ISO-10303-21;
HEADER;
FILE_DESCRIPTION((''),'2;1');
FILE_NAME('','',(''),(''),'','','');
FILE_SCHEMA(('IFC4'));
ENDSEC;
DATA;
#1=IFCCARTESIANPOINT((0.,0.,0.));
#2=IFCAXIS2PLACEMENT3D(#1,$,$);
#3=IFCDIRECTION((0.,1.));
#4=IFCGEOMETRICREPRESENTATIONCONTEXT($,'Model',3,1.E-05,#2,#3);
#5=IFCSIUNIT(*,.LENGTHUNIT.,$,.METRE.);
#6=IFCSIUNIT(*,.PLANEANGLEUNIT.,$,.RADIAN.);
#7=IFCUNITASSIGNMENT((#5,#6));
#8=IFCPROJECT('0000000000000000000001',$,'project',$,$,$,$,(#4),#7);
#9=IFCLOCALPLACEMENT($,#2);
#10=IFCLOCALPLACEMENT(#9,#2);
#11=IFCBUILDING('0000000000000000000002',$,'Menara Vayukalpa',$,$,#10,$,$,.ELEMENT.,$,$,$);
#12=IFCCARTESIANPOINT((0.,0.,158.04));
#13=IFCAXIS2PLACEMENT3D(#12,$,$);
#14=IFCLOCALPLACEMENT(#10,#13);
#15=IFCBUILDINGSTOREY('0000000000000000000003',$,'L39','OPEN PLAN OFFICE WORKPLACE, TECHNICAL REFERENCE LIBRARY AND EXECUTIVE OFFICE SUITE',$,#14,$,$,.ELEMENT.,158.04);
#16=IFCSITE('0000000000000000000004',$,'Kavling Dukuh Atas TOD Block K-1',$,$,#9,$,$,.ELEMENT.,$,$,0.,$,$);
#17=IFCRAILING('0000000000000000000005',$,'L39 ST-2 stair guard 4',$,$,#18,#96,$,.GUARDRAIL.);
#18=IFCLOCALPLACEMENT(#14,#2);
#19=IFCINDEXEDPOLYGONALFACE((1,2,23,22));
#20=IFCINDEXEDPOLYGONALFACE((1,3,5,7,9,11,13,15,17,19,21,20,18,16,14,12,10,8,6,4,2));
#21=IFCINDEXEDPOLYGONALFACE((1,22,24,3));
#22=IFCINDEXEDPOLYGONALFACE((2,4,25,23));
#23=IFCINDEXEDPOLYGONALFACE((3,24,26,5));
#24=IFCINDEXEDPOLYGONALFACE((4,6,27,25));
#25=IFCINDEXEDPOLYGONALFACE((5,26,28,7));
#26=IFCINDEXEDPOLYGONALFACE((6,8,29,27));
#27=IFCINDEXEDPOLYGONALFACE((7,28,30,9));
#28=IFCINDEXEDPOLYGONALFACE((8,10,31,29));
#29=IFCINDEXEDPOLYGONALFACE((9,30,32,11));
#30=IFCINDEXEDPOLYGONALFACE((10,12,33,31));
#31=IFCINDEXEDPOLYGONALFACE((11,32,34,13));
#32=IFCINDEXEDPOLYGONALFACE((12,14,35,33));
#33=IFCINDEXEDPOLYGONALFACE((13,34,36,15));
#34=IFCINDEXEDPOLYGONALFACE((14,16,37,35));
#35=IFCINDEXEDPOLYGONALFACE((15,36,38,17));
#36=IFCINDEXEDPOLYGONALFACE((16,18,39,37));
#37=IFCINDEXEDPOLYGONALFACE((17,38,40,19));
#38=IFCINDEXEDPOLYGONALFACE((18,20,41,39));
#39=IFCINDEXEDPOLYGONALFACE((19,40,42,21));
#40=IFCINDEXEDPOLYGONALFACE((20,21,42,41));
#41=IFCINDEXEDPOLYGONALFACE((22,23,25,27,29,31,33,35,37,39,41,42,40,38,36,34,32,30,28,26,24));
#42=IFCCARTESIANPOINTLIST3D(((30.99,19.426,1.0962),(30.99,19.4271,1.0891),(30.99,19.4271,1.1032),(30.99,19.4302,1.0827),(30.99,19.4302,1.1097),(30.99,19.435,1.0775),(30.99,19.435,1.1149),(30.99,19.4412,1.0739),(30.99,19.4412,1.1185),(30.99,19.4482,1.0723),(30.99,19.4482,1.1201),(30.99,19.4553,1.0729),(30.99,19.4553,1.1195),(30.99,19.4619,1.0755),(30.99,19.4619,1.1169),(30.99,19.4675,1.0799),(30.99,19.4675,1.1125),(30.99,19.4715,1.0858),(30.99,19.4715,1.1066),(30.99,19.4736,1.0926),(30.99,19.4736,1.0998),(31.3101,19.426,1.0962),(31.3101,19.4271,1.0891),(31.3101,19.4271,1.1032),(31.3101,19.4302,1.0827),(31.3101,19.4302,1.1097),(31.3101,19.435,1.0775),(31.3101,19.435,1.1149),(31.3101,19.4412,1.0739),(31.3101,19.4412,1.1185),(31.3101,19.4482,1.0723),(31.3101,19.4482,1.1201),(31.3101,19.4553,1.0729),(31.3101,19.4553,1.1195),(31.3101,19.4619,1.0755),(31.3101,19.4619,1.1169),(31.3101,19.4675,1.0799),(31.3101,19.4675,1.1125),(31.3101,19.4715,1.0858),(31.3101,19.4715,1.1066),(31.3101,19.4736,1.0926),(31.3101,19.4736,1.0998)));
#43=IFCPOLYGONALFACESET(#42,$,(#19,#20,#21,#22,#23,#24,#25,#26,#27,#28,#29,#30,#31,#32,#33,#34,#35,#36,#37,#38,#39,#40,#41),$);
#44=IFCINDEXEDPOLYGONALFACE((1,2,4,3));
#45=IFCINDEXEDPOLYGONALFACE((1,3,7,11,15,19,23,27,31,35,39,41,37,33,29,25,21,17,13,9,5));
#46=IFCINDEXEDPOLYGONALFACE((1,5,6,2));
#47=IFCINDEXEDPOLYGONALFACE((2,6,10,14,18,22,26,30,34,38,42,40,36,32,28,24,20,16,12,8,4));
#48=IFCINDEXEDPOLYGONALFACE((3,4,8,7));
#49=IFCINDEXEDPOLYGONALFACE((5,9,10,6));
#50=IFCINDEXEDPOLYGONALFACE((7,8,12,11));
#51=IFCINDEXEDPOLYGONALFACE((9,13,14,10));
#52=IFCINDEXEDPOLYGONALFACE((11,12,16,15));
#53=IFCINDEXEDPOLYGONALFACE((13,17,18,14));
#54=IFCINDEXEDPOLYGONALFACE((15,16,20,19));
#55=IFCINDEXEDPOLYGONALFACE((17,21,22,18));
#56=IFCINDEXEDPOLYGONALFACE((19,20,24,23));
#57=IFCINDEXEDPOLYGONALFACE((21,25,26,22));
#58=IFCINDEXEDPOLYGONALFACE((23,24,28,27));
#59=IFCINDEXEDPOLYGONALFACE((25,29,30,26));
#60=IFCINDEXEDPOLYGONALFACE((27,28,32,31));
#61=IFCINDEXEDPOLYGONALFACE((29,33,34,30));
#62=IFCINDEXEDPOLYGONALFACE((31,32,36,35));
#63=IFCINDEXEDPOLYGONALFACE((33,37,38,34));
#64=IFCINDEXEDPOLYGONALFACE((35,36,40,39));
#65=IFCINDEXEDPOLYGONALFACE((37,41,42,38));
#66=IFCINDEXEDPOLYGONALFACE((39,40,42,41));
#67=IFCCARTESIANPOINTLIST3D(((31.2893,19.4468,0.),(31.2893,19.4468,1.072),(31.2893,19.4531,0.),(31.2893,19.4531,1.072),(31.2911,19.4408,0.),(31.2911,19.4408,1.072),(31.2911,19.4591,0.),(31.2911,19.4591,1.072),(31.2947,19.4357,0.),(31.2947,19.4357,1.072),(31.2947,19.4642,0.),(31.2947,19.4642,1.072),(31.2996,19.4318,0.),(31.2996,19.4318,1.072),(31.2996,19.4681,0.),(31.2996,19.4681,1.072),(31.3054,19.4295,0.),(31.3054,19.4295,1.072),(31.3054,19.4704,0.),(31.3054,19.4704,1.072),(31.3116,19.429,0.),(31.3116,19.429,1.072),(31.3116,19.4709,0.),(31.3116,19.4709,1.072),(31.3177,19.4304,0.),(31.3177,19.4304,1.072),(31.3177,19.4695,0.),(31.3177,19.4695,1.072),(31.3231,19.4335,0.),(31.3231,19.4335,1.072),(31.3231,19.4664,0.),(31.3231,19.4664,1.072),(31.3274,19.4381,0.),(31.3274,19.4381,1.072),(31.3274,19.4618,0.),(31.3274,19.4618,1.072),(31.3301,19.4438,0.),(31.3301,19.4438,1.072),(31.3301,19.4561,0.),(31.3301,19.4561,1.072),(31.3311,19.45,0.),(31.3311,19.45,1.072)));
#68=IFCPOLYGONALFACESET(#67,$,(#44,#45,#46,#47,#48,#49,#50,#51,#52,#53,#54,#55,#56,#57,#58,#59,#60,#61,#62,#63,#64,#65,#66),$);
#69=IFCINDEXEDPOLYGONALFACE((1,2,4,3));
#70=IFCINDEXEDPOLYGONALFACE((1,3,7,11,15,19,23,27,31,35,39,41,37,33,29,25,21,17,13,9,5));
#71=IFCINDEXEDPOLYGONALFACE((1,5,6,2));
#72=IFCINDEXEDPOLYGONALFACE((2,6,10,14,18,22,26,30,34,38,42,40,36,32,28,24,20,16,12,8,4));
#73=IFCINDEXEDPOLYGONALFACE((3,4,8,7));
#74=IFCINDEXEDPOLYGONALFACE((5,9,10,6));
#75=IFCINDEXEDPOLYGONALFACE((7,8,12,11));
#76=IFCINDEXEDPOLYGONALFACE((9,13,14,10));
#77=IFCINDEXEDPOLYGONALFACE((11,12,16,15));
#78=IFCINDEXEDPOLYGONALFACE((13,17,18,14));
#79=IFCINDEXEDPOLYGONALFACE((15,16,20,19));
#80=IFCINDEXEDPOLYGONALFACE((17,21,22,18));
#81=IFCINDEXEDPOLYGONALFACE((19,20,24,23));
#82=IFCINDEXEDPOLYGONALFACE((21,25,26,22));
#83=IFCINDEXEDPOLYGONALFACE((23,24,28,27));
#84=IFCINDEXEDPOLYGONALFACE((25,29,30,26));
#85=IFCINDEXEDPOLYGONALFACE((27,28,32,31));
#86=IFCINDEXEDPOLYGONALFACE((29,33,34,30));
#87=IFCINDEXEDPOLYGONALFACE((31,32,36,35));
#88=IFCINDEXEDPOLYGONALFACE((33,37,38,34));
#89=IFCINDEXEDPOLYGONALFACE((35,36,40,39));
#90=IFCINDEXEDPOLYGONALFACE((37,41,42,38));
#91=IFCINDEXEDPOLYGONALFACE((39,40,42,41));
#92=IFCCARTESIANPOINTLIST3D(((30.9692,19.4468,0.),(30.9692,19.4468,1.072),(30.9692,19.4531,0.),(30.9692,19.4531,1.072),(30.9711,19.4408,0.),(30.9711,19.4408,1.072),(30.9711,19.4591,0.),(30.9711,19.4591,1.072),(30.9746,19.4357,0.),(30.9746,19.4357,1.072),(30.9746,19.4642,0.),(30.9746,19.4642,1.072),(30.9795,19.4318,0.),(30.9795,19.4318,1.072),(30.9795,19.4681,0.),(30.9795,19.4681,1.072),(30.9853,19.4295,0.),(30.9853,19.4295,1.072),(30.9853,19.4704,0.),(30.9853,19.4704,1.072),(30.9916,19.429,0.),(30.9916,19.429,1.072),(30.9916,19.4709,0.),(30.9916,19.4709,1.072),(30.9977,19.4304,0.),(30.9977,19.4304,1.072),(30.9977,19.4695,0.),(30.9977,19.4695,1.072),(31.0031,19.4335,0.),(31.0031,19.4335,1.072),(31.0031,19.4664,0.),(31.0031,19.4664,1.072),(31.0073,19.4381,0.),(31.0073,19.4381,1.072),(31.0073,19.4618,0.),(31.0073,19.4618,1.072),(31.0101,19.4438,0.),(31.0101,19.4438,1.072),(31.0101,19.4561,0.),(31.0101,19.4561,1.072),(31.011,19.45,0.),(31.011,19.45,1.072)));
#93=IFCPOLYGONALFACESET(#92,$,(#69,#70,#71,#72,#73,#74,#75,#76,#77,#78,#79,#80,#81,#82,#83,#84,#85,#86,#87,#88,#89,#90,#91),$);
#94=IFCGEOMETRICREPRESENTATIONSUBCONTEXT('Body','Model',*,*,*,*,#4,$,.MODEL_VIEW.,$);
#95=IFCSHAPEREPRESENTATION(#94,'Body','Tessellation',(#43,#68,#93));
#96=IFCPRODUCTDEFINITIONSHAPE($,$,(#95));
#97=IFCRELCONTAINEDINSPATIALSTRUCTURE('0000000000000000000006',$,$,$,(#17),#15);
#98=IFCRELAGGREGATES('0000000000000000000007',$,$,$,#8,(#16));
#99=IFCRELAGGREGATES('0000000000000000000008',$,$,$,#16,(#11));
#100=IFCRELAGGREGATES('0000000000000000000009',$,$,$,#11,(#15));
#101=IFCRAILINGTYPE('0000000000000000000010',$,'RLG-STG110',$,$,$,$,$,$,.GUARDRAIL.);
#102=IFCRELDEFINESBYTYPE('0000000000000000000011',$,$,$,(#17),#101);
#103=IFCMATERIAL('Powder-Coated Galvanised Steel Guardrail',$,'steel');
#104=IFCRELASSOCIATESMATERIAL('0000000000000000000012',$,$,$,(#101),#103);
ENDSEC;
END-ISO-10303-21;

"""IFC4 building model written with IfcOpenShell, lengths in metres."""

from ifc_helpers import new_model, si_unit, direction, frame, origin, origin_2d, place, context, subcontext, project, spatial, circle, extrude, material, type_object, element, save


model = new_model("IFC4")

# Units and contexts
model_context = context("Model", 3, precision=1e-05, world=origin(), true_north=direction((0.0, 1.0)))
body_context = subcontext(model_context, "Body", "Model", "MODEL_VIEW")
ifc_project = project(units=[si_unit("LENGTHUNIT", "METRE"), si_unit("PLANEANGLEUNIT", "RADIAN")], contexts=[model_context])

# Site, building, storey
site_placement = place(None, origin())
site = spatial("IfcSite", under=ifc_project, at=site_placement, Name="Kavling Dukuh Atas TOD Block K-1", CompositionType="ELEMENT", RefElevation=0.0)
building_placement = place(site_placement, origin())
building = spatial("IfcBuilding", under=site, at=building_placement, Name="Menara Vayukalpa", CompositionType="ELEMENT")
storey_placement = place(building_placement, frame((0.0, 0.0, 158.04)))
storey = spatial("IfcBuildingStorey", under=building, at=storey_placement, Name="L39", Description="OPEN PLAN OFFICE WORKPLACE, TECHNICAL REFERENCE LIBRARY AND EXECUTIVE OFFICE SUITE", CompositionType="ELEMENT", Elevation=158.04)

# Railing
ifc_material_1 = material(Name="Powder-Coated Galvanised Steel Guardrail", Category="steel")
railing_type = type_object("IfcRailingType", Name="RLG-STG110", PredefinedType="GUARDRAIL", material=ifc_material_1)
railing_1_placement = place(storey_placement, frame((31.3101, 19.45, 0.0)))
element("IfcRailing", 1, at=railing_1_placement, inside=storey, type_object=railing_type, Name="L39 ST-2 stair guard 4", PredefinedType="GUARDRAIL", context=body_context, shape_type="SweptSolid", body=[
    extrude(circle(Radius=0.0239, at=origin_2d()), frame((0.0, 0.0, 1.0962), z_axis=(-1.0, 0.0, 0.0), x_axis=(0.0, -1.0, 0.0)), (0.0, 0.0, 1.0), 0.3201),
    extrude(circle(Radius=0.021, at=origin_2d()), origin(), (0.0, 0.0, 1.0), 1.072),
    extrude(circle(Radius=0.021, at=origin_2d()), frame((-0.3201, 0.0, 0.0)), (0.0, 0.0, 1.0), 1.072),
])

save(model, "model.ifc")
